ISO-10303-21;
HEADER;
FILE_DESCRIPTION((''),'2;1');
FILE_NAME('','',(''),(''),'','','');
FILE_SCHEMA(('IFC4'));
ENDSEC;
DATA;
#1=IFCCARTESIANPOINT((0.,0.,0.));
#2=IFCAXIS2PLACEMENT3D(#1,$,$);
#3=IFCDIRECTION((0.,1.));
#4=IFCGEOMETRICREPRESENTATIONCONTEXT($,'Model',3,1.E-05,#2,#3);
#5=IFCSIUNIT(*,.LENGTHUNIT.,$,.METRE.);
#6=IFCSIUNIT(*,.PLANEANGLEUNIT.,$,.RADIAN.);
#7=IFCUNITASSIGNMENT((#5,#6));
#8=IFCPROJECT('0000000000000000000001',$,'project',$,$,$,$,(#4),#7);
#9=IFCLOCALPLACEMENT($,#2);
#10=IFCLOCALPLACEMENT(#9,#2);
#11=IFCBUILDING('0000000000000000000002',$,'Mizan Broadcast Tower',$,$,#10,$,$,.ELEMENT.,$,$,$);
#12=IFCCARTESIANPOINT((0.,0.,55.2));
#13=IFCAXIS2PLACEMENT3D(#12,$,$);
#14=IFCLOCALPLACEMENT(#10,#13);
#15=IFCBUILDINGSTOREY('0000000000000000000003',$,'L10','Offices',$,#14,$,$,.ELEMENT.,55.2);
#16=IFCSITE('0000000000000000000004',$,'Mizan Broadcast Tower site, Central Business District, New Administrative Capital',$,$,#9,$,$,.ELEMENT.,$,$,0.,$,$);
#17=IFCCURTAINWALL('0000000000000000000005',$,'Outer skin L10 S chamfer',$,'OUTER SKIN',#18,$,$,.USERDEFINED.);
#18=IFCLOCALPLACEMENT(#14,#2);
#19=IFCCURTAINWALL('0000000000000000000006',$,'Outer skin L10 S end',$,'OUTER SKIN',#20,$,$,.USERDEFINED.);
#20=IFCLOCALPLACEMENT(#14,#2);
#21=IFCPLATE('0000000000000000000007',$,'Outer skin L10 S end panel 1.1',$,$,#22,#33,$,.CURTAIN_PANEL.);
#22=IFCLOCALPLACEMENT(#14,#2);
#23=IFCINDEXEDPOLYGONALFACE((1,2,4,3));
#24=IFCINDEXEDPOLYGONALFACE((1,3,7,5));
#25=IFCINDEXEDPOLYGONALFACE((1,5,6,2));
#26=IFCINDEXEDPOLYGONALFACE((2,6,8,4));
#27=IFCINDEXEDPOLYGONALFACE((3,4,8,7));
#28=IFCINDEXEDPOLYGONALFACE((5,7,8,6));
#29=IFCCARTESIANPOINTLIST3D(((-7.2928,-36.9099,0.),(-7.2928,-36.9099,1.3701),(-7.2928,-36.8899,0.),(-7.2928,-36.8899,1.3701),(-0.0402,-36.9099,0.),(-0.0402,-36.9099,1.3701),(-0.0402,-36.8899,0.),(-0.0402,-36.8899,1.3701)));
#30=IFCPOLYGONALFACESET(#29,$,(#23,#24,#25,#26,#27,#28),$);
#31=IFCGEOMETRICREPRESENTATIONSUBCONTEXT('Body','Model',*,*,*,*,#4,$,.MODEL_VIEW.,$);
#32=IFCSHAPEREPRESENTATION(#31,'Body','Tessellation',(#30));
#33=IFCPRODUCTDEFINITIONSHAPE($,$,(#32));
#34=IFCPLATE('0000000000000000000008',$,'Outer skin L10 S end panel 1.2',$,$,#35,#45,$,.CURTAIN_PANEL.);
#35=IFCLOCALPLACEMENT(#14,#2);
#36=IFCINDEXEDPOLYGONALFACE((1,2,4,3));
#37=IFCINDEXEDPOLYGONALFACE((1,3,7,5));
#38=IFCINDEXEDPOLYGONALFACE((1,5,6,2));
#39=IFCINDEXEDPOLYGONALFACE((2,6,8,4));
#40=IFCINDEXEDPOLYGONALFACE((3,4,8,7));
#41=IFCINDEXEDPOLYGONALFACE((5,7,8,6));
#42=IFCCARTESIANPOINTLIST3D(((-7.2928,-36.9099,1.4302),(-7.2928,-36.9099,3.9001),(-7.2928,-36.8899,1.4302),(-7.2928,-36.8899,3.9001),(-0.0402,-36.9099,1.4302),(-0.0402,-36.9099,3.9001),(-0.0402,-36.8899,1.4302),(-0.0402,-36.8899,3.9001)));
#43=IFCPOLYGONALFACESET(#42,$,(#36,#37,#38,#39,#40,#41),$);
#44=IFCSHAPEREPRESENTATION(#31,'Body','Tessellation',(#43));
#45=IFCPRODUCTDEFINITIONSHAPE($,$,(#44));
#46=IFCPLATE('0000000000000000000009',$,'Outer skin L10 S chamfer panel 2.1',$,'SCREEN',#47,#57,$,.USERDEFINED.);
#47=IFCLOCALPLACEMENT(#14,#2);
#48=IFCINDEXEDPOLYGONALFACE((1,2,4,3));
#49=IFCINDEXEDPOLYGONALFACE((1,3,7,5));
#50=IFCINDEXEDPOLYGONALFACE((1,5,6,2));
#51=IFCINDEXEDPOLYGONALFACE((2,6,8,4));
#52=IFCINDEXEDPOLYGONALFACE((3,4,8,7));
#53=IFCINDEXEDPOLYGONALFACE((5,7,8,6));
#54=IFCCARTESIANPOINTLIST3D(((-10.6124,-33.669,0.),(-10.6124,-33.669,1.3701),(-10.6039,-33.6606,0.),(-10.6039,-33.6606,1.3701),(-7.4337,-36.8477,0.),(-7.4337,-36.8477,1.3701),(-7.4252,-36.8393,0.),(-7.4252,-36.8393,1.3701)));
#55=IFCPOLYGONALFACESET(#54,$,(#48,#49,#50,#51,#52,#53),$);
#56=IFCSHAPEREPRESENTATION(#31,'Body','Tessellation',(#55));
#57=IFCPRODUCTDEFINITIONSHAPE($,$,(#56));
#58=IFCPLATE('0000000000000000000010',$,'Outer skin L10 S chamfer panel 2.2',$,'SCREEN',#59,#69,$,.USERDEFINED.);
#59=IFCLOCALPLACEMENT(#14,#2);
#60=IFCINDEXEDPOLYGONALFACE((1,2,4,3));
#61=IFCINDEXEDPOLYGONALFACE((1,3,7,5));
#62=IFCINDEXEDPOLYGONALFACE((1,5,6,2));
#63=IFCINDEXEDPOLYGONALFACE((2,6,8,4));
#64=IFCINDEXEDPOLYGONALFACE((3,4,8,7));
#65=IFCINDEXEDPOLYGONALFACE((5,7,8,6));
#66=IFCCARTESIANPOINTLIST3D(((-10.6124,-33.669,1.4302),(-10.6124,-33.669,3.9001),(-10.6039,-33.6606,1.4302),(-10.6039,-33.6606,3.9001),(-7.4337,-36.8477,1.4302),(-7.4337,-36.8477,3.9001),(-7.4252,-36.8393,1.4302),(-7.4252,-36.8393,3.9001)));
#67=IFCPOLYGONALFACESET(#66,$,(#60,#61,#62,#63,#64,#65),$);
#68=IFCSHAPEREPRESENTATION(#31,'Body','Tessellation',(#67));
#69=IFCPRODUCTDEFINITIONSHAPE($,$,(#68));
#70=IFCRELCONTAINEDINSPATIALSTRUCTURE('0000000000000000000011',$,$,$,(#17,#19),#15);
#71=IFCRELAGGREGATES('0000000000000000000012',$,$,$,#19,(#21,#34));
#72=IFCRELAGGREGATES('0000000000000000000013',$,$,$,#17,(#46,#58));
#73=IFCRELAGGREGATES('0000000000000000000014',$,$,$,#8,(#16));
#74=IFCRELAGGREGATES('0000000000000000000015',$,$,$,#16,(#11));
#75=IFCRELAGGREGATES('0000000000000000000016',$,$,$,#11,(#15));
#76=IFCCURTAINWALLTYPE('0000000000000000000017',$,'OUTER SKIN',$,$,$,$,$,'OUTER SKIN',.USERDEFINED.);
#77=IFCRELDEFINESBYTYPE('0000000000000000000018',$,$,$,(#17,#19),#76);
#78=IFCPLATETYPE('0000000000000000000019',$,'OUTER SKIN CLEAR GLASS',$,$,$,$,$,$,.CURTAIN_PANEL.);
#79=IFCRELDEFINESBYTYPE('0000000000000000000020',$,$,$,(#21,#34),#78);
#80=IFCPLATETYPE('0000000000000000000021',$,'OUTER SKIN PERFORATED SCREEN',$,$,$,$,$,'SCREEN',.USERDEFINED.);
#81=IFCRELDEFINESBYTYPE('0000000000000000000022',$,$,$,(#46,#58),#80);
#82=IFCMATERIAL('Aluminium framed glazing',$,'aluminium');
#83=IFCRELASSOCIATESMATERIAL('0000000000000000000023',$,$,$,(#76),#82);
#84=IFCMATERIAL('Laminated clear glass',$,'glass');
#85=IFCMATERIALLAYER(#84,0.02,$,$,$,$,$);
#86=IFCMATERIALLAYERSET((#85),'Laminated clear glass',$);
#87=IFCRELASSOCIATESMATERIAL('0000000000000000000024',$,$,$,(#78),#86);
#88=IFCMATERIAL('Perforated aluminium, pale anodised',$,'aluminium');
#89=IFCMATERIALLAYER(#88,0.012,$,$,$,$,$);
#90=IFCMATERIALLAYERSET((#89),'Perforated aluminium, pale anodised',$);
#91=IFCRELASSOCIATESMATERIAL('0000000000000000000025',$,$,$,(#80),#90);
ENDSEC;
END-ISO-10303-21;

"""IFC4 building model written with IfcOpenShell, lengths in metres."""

from ifc_helpers import new_model, si_unit, direction, frame, origin, origin_2d, place, context, subcontext, project, spatial, rectangle, extrude, material, layer, layer_set, type_object, element, aggregate, save


model = new_model("IFC4")

# Units and contexts
model_context = context("Model", 3, precision=1e-05, world=origin(), true_north=direction((0.0, 1.0)))
body_context = subcontext(model_context, "Body", "Model", "MODEL_VIEW")
ifc_project = project(units=[si_unit("LENGTHUNIT", "METRE"), si_unit("PLANEANGLEUNIT", "RADIAN")], contexts=[model_context])

# Site, building, storey
site_placement = place(None, origin())
site = spatial("IfcSite", under=ifc_project, at=site_placement, Name="Mizan Broadcast Tower site, Central Business District, New Administrative Capital", CompositionType="ELEMENT", RefElevation=0.0)
building_placement = place(site_placement, origin())
building = spatial("IfcBuilding", under=site, at=building_placement, Name="Mizan Broadcast Tower", CompositionType="ELEMENT")
storey_placement = place(building_placement, frame((0.0, 0.0, 55.2)))
storey = spatial("IfcBuildingStorey", under=building, at=storey_placement, Name="L10", Description="Offices", CompositionType="ELEMENT", Elevation=55.2)

# Curtain wall
ifc_material_1 = material(Name="Aluminium framed glazing", Category="aluminium")
curtain_wall_type_1 = type_object("IfcCurtainWallType", Name="OUTER SKIN", ElementType="OUTER SKIN", PredefinedType="USERDEFINED", material=ifc_material_1)
curtain_wall_1_placement = place(storey_placement, origin())
curtain_wall_1 = element("IfcCurtainWall", 1, at=curtain_wall_1_placement, inside=storey, type_object=curtain_wall_type_1, Name="Outer skin L10 S chamfer", ObjectType="OUTER SKIN", PredefinedType="USERDEFINED")

# Curtain wall
curtain_wall_2_placement = place(storey_placement, origin())
curtain_wall_2 = element("IfcCurtainWall", 2, at=curtain_wall_2_placement, inside=storey, type_object=curtain_wall_type_1, Name="Outer skin L10 S end", ObjectType="OUTER SKIN", PredefinedType="USERDEFINED")

# Plates
ifc_material_2 = material(Name="Laminated clear glass", Category="glass")
ifc_layer_1 = layer(ifc_material_2, 0.02)
ifc_layer_set_1 = layer_set([ifc_layer_1], Name="Laminated clear glass")
plate_type_1 = type_object("IfcPlateType", Name="OUTER SKIN CLEAR GLASS", PredefinedType="CURTAIN_PANEL", material=ifc_layer_set_1)
plate_1_placement = place(storey_placement, frame((-3.6665, -36.8999, 0.0), z_axis=(0.0, 0.0, 1.0), x_axis=(1.0, 0.0, 0.0)))
plate_1 = element("IfcPlate", 3, at=plate_1_placement, type_object=plate_type_1, Name="Outer skin L10 S end panel 1.1", PredefinedType="CURTAIN_PANEL", context=body_context, shape_type="SweptSolid", body=[
    extrude(rectangle(XDim=7.2527, YDim=0.02, at=origin_2d()), origin(), (0.0, 0.0, 1.0), 1.3701),
])
plate_2_placement = place(storey_placement, frame((-3.6665, -36.8999, 1.4302), z_axis=(0.0, 0.0, 1.0), x_axis=(1.0, 0.0, 0.0)))
plate_2 = element("IfcPlate", 4, at=plate_2_placement, type_object=plate_type_1, Name="Outer skin L10 S end panel 1.2", PredefinedType="CURTAIN_PANEL", context=body_context, shape_type="SweptSolid", body=[
    extrude(rectangle(XDim=7.2527, YDim=0.02, at=origin_2d()), origin(), (0.0, 0.0, 1.0), 2.47),
])
aggregate(curtain_wall_2, [plate_1, plate_2])
ifc_material_3 = material(Name="Perforated aluminium, pale anodised", Category="aluminium")
ifc_layer_2 = layer(ifc_material_3, 0.012)
ifc_layer_set_2 = layer_set([ifc_layer_2], Name="Perforated aluminium, pale anodised")
plate_type_2 = type_object("IfcPlateType", Name="OUTER SKIN PERFORATED SCREEN", ElementType="SCREEN", PredefinedType="USERDEFINED", material=ifc_layer_set_2)
plate_3_placement = place(storey_placement, frame((-9.0188, -35.2542, 0.0), z_axis=(0.0, 0.0, 1.0), x_axis=(0.707107, -0.707107, 0.0)))
plate_3 = element("IfcPlate", 5, at=plate_3_placement, type_object=plate_type_2, Name="Outer skin L10 S chamfer panel 2.1", ObjectType="SCREEN", PredefinedType="USERDEFINED", context=body_context, shape_type="SweptSolid", body=[
    extrude(rectangle(XDim=4.4954, YDim=0.012, at=origin_2d()), origin(), (0.0, 0.0, 1.0), 1.3701),
])
plate_4_placement = place(storey_placement, frame((-9.0188, -35.2542, 1.4302), z_axis=(0.0, 0.0, 1.0), x_axis=(0.707107, -0.707107, 0.0)))
plate_4 = element("IfcPlate", 6, at=plate_4_placement, type_object=plate_type_2, Name="Outer skin L10 S chamfer panel 2.2", ObjectType="SCREEN", PredefinedType="USERDEFINED", context=body_context, shape_type="SweptSolid", body=[
    extrude(rectangle(XDim=4.4954, YDim=0.012, at=origin_2d()), origin(), (0.0, 0.0, 1.0), 2.47),
])
aggregate(curtain_wall_1, [plate_3, plate_4])

save(model, "model.ifc")
